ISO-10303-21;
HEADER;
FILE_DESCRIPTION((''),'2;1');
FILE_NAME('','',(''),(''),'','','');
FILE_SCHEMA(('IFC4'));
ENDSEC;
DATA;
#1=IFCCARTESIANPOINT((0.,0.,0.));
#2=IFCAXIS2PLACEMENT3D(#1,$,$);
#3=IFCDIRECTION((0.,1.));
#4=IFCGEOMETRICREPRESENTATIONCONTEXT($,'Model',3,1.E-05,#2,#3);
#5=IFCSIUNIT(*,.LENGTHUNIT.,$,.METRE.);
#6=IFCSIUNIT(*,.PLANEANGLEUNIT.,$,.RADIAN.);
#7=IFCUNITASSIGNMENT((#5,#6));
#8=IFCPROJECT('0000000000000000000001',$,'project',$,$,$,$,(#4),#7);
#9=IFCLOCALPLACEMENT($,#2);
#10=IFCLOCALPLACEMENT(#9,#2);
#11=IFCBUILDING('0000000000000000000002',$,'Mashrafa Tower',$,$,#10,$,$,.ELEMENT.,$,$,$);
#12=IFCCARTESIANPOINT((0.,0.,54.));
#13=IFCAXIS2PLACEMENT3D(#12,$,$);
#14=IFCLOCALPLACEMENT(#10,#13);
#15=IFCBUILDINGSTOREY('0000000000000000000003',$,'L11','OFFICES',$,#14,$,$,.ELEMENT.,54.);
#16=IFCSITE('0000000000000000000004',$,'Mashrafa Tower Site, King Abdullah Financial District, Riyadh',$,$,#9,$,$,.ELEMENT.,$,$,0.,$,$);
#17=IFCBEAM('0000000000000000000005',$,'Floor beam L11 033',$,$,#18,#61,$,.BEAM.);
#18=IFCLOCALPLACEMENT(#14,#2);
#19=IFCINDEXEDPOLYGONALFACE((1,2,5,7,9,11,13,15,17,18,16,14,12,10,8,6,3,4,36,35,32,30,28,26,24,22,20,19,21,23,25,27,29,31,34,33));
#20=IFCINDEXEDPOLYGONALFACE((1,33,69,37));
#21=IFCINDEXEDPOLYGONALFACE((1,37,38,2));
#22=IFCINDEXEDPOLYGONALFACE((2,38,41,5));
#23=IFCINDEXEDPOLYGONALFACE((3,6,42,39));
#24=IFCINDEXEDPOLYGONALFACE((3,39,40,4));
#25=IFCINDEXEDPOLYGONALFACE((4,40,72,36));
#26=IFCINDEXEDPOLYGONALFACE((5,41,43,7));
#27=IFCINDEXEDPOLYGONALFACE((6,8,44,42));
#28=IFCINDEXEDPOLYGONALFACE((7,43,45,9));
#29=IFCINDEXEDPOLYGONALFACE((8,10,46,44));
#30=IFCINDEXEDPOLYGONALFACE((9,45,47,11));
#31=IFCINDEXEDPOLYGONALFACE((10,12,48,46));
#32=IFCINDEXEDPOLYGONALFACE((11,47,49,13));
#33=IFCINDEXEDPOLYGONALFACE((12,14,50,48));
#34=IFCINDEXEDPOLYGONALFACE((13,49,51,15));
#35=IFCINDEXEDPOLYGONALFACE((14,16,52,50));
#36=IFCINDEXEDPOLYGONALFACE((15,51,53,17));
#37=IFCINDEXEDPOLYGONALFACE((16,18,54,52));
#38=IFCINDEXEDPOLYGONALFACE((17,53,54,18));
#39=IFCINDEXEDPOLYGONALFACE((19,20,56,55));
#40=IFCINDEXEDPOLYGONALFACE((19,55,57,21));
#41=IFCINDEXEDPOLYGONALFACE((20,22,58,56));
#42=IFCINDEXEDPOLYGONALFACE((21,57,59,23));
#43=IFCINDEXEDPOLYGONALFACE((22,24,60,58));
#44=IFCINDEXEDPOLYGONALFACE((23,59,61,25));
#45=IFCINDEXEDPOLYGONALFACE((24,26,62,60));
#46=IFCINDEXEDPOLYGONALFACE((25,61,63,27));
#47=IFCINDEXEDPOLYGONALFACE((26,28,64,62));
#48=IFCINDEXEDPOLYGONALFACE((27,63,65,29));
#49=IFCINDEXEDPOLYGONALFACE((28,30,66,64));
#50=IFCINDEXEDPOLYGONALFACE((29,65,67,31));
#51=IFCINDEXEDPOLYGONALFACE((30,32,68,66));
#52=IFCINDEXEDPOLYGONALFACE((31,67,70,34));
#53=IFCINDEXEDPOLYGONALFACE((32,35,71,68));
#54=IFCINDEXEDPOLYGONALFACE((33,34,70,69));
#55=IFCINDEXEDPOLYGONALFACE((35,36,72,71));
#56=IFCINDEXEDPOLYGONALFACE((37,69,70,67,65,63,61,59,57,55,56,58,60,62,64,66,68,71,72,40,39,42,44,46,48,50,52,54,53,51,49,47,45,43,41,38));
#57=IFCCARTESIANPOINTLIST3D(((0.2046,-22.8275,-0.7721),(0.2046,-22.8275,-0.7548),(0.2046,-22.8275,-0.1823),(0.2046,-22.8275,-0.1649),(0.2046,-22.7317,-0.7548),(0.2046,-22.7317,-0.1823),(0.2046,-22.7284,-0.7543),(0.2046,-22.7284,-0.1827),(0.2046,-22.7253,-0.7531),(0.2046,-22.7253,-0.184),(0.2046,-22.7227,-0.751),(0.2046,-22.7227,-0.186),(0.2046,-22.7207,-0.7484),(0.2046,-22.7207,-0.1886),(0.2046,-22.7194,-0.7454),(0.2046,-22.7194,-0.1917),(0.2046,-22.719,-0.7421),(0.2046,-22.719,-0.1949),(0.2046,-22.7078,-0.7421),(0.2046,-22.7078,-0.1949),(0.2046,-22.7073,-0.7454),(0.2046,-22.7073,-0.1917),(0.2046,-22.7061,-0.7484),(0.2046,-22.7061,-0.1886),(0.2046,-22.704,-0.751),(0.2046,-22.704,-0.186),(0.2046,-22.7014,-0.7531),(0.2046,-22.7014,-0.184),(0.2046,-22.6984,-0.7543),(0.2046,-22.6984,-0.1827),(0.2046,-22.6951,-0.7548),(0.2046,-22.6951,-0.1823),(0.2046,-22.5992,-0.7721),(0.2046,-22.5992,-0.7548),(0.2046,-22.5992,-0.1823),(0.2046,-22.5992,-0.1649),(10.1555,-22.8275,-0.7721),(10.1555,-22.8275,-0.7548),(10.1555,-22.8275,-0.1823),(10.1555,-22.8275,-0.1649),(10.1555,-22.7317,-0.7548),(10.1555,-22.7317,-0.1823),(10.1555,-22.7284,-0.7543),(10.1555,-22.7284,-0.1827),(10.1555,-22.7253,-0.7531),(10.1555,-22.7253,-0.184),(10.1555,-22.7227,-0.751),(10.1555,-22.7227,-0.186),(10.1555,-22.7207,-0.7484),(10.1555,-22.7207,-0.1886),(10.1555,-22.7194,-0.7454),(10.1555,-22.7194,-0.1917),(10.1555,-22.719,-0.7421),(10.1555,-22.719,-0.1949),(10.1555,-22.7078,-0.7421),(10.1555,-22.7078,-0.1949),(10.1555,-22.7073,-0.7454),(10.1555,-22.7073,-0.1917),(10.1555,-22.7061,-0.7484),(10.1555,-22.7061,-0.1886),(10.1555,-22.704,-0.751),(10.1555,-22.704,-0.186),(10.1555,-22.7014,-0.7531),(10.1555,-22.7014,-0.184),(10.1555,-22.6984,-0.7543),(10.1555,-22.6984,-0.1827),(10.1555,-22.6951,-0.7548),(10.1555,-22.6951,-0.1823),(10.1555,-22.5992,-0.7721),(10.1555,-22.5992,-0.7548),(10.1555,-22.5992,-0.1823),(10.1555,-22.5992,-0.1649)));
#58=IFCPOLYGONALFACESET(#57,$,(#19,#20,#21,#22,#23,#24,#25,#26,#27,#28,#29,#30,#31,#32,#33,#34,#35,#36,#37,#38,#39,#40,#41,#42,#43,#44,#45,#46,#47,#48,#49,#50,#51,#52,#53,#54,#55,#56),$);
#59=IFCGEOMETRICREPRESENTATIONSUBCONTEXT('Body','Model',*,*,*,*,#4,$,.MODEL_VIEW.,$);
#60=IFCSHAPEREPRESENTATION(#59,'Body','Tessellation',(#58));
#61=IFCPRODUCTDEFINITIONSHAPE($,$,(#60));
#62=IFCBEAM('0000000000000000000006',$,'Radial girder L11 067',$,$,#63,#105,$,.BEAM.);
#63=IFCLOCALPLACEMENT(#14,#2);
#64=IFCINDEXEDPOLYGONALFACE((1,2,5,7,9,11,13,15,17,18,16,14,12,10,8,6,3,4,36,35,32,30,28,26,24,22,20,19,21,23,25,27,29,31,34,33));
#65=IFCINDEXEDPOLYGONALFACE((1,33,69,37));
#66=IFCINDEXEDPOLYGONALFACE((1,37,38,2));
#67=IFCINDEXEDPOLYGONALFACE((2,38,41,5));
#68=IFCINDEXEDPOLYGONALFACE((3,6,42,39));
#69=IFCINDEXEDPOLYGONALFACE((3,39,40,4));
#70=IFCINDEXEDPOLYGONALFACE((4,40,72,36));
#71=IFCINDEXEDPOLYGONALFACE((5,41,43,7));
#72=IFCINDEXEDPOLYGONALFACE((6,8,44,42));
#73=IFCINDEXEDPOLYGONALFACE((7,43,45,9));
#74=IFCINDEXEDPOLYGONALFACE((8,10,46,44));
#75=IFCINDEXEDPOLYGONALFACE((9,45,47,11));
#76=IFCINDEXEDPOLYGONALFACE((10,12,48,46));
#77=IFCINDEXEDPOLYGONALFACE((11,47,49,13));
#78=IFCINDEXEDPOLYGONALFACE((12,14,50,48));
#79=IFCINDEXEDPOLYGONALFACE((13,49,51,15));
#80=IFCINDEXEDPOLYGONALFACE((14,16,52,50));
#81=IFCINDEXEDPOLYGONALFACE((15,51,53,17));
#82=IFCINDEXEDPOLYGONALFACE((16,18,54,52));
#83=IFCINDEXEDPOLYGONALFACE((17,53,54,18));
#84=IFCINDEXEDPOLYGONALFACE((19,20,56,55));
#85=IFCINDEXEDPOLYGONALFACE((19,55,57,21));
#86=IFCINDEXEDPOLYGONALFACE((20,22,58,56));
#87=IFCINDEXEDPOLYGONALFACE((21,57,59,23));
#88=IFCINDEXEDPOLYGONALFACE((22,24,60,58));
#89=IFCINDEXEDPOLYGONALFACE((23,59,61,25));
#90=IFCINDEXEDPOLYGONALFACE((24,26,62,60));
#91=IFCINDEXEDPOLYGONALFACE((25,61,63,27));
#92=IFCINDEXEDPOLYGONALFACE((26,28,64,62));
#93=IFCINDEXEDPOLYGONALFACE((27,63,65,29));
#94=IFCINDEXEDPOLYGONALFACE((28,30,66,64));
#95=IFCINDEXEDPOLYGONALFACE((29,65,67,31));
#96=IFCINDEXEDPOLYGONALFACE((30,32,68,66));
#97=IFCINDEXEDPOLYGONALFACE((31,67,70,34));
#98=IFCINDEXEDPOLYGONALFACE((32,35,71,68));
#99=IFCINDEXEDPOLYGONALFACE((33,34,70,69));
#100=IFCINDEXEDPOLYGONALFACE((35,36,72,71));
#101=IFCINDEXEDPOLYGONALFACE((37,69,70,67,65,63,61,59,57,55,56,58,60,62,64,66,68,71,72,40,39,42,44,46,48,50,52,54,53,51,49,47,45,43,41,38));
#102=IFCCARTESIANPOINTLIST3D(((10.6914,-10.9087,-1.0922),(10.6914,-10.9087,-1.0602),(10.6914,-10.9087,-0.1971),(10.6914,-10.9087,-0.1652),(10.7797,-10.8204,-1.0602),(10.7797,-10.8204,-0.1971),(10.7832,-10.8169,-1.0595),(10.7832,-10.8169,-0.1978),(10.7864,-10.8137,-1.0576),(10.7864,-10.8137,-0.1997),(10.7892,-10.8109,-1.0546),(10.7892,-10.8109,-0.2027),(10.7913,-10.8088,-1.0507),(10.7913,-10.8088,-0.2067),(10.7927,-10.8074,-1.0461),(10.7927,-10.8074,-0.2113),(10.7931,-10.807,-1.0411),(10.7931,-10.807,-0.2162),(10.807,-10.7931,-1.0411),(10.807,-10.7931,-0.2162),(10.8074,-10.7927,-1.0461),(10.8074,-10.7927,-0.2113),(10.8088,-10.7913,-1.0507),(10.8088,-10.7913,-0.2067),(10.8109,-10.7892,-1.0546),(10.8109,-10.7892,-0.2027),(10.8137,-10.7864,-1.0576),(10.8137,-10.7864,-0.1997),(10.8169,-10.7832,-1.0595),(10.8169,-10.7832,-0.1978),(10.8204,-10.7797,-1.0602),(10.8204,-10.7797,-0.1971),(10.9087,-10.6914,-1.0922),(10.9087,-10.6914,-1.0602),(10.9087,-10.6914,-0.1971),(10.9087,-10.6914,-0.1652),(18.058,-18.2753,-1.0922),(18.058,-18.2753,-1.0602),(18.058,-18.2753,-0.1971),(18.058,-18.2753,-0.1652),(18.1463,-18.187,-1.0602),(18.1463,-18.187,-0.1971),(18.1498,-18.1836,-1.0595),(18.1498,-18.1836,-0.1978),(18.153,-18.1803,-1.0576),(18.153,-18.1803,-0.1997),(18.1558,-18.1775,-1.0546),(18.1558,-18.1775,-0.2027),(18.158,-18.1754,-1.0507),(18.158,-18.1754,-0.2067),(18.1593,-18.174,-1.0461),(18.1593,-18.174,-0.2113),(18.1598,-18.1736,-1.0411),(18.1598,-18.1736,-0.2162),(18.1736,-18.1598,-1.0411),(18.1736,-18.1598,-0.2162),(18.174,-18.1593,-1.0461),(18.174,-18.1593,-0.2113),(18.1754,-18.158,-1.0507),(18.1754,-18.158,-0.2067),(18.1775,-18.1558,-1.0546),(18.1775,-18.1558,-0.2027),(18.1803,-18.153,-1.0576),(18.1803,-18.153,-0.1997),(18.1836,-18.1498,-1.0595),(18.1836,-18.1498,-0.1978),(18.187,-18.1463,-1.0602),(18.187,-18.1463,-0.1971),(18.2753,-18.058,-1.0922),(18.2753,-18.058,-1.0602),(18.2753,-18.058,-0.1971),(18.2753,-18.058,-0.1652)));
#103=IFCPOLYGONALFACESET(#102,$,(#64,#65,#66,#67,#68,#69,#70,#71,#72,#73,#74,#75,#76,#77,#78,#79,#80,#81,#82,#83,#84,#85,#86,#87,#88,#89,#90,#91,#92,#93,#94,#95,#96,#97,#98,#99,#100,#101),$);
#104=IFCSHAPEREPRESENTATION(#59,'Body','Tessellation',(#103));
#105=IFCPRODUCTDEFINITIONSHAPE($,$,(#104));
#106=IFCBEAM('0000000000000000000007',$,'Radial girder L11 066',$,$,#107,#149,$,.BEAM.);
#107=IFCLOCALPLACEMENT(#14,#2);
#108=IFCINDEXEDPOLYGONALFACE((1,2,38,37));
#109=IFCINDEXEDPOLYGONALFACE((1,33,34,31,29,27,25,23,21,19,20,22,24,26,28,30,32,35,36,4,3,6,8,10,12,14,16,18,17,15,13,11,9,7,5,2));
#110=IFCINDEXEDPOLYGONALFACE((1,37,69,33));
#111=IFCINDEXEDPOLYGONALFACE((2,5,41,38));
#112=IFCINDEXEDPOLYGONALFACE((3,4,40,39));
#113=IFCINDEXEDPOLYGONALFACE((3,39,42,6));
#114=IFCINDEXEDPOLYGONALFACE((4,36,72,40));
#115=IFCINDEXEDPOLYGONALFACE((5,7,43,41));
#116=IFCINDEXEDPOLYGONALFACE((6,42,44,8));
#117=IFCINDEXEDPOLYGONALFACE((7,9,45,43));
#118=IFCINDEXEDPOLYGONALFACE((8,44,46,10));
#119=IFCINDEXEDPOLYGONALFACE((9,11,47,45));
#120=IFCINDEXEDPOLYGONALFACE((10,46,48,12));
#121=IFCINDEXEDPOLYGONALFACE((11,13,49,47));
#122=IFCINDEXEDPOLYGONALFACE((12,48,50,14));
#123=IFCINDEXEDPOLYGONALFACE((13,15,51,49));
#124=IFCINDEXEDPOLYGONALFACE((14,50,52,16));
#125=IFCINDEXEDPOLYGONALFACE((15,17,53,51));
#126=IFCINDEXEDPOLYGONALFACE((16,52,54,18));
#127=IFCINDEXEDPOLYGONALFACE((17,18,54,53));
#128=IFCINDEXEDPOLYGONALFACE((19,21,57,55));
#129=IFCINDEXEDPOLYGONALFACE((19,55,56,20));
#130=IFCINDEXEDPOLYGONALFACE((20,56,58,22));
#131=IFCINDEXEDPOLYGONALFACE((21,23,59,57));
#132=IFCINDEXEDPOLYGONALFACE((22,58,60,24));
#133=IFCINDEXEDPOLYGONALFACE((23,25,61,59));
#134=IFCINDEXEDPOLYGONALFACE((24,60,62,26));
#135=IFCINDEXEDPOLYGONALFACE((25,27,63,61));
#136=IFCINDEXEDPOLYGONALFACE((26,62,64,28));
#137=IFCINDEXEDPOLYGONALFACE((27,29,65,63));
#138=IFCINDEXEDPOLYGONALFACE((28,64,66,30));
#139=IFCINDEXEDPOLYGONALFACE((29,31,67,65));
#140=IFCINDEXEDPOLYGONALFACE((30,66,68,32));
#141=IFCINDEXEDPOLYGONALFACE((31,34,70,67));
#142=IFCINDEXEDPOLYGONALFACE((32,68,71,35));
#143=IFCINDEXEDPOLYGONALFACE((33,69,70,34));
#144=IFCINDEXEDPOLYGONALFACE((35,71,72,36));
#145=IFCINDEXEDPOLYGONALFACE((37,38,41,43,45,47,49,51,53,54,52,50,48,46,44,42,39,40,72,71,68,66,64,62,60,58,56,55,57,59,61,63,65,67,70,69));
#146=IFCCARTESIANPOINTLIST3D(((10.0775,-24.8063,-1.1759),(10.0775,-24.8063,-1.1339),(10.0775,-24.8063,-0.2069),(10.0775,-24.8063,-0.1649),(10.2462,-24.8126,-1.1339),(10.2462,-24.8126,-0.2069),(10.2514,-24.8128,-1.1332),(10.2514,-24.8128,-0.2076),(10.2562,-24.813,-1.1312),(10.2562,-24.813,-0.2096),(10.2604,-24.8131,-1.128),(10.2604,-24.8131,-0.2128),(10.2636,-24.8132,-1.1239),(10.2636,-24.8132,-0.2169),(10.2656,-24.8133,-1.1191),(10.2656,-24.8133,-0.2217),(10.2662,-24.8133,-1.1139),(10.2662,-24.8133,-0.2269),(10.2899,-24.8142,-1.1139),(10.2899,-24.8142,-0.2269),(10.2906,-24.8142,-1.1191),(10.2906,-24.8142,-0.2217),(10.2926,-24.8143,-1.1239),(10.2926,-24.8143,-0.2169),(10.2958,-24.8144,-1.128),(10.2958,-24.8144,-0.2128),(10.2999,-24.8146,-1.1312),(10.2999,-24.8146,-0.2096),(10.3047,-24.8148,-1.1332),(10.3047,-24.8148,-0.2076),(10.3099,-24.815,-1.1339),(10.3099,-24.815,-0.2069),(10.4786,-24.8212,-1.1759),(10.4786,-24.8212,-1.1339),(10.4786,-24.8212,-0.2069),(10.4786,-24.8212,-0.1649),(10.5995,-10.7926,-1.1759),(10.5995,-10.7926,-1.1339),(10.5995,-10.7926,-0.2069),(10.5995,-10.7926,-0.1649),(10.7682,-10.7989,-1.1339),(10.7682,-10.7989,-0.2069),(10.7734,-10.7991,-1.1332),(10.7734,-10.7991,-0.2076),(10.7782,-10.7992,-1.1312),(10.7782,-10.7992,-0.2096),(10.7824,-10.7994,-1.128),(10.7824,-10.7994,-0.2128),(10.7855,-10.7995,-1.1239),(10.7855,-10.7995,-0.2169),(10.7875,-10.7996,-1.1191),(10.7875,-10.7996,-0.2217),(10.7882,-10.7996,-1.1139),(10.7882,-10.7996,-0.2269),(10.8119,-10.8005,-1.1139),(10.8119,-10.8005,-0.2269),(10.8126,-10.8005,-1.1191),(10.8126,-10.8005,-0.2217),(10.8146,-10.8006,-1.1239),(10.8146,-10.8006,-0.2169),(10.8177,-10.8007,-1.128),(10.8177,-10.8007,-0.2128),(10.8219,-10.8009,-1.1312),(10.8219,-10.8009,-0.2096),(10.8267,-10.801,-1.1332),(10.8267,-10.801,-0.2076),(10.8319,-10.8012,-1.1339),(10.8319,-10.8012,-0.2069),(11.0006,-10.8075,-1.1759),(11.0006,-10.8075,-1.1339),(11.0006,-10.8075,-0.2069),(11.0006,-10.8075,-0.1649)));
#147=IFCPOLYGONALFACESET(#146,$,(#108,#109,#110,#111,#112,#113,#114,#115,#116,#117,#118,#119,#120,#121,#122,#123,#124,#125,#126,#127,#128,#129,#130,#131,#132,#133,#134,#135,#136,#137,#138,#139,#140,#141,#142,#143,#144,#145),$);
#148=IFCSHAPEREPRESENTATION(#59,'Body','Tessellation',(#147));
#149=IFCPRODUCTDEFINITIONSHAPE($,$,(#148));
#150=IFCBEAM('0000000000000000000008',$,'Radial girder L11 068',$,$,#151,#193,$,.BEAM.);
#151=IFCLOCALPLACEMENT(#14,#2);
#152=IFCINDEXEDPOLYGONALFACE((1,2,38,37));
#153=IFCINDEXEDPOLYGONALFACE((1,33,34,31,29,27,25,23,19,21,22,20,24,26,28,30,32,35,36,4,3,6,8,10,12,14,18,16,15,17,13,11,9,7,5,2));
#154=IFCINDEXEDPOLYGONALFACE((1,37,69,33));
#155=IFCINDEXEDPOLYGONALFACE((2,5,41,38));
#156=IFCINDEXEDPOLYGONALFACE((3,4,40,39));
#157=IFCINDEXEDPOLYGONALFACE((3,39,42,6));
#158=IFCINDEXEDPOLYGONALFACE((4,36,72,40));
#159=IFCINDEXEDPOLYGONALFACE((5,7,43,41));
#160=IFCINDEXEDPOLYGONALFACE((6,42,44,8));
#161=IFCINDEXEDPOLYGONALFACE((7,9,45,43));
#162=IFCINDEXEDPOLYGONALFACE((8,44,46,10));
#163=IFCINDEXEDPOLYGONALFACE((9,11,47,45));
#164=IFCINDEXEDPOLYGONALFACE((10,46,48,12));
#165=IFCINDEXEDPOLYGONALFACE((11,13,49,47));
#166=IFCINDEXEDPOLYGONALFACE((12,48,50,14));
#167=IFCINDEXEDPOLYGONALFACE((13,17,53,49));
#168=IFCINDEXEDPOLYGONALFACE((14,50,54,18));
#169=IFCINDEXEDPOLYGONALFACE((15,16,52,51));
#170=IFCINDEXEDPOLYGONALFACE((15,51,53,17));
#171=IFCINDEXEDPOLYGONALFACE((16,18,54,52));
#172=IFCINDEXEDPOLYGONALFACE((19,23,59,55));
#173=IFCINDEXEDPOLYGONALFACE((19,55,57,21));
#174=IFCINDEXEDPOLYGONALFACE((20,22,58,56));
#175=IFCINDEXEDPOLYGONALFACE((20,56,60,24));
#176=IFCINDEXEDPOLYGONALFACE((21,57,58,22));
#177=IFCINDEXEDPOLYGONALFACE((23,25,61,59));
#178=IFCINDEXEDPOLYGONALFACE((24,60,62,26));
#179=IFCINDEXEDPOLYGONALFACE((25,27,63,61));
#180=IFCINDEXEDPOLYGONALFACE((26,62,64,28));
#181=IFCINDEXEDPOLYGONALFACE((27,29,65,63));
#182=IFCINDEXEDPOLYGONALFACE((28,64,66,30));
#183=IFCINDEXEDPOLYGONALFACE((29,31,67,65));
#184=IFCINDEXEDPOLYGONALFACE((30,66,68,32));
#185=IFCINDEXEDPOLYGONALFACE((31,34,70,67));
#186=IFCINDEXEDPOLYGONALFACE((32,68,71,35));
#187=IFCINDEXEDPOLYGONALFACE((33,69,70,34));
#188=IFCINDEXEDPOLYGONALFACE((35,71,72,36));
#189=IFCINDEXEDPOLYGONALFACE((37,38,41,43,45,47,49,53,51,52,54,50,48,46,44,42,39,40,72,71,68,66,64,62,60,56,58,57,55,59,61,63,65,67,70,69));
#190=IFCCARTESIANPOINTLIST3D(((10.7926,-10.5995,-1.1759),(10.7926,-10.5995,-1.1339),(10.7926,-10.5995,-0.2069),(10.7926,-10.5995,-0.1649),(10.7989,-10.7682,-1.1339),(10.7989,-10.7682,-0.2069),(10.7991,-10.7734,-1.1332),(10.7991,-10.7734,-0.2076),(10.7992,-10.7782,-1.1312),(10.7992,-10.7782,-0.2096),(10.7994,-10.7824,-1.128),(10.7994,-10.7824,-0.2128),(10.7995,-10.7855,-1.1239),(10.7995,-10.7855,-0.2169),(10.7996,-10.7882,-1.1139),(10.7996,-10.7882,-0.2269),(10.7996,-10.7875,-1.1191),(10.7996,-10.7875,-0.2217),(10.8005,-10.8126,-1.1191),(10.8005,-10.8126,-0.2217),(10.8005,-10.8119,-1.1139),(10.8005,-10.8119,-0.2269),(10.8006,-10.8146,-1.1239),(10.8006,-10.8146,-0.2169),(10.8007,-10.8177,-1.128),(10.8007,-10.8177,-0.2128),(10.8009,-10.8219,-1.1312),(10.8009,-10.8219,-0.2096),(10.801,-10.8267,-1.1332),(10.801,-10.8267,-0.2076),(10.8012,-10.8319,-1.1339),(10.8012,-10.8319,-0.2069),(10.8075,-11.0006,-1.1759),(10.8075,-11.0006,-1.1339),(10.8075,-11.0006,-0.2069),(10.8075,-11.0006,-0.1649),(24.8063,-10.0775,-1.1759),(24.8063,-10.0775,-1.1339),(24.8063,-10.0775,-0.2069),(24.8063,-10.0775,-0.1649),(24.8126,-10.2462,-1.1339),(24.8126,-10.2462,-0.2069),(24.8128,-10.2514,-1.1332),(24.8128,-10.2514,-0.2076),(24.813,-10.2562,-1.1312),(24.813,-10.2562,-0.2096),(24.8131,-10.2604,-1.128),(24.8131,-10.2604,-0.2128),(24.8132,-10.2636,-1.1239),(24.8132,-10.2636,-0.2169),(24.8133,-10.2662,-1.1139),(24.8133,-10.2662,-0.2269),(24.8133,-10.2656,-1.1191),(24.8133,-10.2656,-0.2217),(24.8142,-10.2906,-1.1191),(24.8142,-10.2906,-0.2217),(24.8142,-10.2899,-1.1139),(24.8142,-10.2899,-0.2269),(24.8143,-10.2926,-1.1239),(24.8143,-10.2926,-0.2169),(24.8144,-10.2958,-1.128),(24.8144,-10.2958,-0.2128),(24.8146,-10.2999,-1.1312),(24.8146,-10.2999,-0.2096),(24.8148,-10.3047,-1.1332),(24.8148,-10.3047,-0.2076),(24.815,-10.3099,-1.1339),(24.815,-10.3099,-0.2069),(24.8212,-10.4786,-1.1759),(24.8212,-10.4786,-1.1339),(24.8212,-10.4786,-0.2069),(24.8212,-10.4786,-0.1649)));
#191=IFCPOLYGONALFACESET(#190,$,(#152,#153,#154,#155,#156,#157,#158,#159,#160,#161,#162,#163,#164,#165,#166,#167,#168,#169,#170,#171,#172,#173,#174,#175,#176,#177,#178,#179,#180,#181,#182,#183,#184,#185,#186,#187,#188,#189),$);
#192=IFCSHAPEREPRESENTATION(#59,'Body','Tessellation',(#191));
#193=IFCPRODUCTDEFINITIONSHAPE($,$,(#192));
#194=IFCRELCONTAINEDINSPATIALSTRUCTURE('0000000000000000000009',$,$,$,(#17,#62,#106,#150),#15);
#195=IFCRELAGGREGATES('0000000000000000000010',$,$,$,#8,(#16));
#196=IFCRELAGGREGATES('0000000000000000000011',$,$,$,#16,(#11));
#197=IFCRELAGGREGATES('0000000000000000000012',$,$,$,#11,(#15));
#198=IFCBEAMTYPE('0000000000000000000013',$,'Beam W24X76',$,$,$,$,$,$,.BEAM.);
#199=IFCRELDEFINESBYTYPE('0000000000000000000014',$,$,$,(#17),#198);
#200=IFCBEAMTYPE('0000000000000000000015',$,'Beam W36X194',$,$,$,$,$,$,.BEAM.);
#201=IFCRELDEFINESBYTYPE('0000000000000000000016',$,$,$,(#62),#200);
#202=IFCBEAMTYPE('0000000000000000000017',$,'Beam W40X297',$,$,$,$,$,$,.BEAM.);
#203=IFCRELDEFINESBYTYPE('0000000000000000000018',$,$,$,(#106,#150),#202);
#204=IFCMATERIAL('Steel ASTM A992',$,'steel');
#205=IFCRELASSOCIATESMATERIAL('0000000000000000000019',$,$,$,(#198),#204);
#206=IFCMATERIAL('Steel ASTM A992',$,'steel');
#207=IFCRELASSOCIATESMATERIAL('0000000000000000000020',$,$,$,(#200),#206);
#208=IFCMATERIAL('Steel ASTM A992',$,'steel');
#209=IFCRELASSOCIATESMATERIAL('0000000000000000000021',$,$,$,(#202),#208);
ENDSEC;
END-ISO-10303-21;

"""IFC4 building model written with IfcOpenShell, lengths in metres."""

from ifc_helpers import new_model, si_unit, direction, frame, origin, origin_2d, place, context, subcontext, project, spatial, i_section, extrude, material, material_profile, profile_set, type_object, element, save


model = new_model("IFC4")

# Units and contexts
model_context = context("Model", 3, precision=1e-05, world=origin(), true_north=direction((0.0, 1.0)))
body_context = subcontext(model_context, "Body", "Model", "MODEL_VIEW")
ifc_project = project(units=[si_unit("LENGTHUNIT", "METRE"), si_unit("PLANEANGLEUNIT", "RADIAN")], contexts=[model_context])

# Site, building, storey
site_placement = place(None, origin())
site = spatial("IfcSite", under=ifc_project, at=site_placement, Name="Mashrafa Tower Site, King Abdullah Financial District, Riyadh", CompositionType="ELEMENT", RefElevation=0.0)
building_placement = place(site_placement, origin())
building = spatial("IfcBuilding", under=site, at=building_placement, Name="Mashrafa Tower", CompositionType="ELEMENT")
storey_placement = place(building_placement, frame((0.0, 0.0, 54.0)))
storey = spatial("IfcBuildingStorey", under=building, at=storey_placement, Name="L11", Description="OFFICES", CompositionType="ELEMENT", Elevation=54.0)

# Beams
ifc_material_1 = material(Name="Steel ASTM A992", Category="steel")
ifc_material_profile_1 = material_profile(ifc_material_1, i_section(OverallWidth=0.2283, OverallDepth=0.6072, WebThickness=0.0112, FlangeThickness=0.0173, FilletRadius=0.0127, at=origin_2d()), Name="W24X76")
ifc_profile_set_1 = profile_set([ifc_material_profile_1], Name="Steel ASTM A992")
beam_type_1 = type_object("IfcBeamType", Name="Beam W24X76", PredefinedType="BEAM", material=ifc_profile_set_1)
beam_1_placement = place(storey_placement, frame((10.1555, -22.7134, -0.4685), z_axis=(-1.0, 0.0, 0.0), x_axis=(0.0, -1.0, 0.0)))
element("IfcBeam", 1, at=beam_1_placement, inside=storey, type_object=beam_type_1, Name="Floor beam L11 033", PredefinedType="BEAM", context=body_context, shape_type="SweptSolid", body=[
    extrude(i_section(OverallWidth=0.2283, OverallDepth=0.6072, WebThickness=0.0112, FlangeThickness=0.0173, FilletRadius=0.0127, at=origin_2d()), origin(), (0.0, 0.0, 1.0), 9.9509),
])
ifc_material_2 = material(Name="Steel ASTM A992", Category="steel")
ifc_material_profile_2 = material_profile(ifc_material_2, i_section(OverallWidth=0.3074, OverallDepth=0.927, WebThickness=0.0195, FlangeThickness=0.032, FilletRadius=0.019, at=origin_2d()), Name="W36X194")
ifc_profile_set_2 = profile_set([ifc_material_profile_2], Name="Steel ASTM A992")
beam_type_2 = type_object("IfcBeamType", Name="Beam W36X194", PredefinedType="BEAM", material=ifc_profile_set_2)
beam_2_placement = place(storey_placement, frame((10.8, -10.8, -0.6287), z_axis=(0.707107, -0.707107, 0.0), x_axis=(0.707107, 0.707107, 0.0)))
element("IfcBeam", 2, at=beam_2_placement, inside=storey, type_object=beam_type_2, Name="Radial girder L11 067", PredefinedType="BEAM", context=body_context, shape_type="SweptSolid", body=[
    extrude(i_section(OverallWidth=0.3074, OverallDepth=0.927, WebThickness=0.0195, FlangeThickness=0.032, FilletRadius=0.019, at=origin_2d()), origin(), (0.0, 0.0, 1.0), 10.418),
])
ifc_material_3 = material(Name="Steel ASTM A992", Category="steel")
ifc_material_profile_3 = material_profile(ifc_material_3, i_section(OverallWidth=0.4014, OverallDepth=1.011, WebThickness=0.0237, FlangeThickness=0.042, FilletRadius=0.02, at=origin_2d()), Name="W40X297")
ifc_profile_set_3 = profile_set([ifc_material_profile_3], Name="Steel ASTM A992")
beam_type_3 = type_object("IfcBeamType", Name="Beam W40X297", PredefinedType="BEAM", material=ifc_profile_set_3)
for number, where, z_axis, x_axis, name in (
    (3, (10.8, -10.8, -0.6704), (-0.037222, -0.999307, 0.0), (0.999307, -0.037222, 0.0), "Radial girder L11 066"),
    (4, (10.8, -10.8, -0.6704), (0.999307, 0.037222, 0.0), (-0.037222, 0.999307, 0.0), "Radial girder L11 068"),
):
    element("IfcBeam", number, at=place(storey_placement, frame(where, z_axis=z_axis, x_axis=x_axis)), inside=storey, type_object=beam_type_3, Name=name, PredefinedType="BEAM", context=body_context, shape_type="SweptSolid", body=[
        extrude(i_section(OverallWidth=0.4014, OverallDepth=1.011, WebThickness=0.0237, FlangeThickness=0.042, FilletRadius=0.02, at=origin_2d()), origin(), (0.0, 0.0, 1.0), 14.0234),
    ])

save(model, "model.ifc")
